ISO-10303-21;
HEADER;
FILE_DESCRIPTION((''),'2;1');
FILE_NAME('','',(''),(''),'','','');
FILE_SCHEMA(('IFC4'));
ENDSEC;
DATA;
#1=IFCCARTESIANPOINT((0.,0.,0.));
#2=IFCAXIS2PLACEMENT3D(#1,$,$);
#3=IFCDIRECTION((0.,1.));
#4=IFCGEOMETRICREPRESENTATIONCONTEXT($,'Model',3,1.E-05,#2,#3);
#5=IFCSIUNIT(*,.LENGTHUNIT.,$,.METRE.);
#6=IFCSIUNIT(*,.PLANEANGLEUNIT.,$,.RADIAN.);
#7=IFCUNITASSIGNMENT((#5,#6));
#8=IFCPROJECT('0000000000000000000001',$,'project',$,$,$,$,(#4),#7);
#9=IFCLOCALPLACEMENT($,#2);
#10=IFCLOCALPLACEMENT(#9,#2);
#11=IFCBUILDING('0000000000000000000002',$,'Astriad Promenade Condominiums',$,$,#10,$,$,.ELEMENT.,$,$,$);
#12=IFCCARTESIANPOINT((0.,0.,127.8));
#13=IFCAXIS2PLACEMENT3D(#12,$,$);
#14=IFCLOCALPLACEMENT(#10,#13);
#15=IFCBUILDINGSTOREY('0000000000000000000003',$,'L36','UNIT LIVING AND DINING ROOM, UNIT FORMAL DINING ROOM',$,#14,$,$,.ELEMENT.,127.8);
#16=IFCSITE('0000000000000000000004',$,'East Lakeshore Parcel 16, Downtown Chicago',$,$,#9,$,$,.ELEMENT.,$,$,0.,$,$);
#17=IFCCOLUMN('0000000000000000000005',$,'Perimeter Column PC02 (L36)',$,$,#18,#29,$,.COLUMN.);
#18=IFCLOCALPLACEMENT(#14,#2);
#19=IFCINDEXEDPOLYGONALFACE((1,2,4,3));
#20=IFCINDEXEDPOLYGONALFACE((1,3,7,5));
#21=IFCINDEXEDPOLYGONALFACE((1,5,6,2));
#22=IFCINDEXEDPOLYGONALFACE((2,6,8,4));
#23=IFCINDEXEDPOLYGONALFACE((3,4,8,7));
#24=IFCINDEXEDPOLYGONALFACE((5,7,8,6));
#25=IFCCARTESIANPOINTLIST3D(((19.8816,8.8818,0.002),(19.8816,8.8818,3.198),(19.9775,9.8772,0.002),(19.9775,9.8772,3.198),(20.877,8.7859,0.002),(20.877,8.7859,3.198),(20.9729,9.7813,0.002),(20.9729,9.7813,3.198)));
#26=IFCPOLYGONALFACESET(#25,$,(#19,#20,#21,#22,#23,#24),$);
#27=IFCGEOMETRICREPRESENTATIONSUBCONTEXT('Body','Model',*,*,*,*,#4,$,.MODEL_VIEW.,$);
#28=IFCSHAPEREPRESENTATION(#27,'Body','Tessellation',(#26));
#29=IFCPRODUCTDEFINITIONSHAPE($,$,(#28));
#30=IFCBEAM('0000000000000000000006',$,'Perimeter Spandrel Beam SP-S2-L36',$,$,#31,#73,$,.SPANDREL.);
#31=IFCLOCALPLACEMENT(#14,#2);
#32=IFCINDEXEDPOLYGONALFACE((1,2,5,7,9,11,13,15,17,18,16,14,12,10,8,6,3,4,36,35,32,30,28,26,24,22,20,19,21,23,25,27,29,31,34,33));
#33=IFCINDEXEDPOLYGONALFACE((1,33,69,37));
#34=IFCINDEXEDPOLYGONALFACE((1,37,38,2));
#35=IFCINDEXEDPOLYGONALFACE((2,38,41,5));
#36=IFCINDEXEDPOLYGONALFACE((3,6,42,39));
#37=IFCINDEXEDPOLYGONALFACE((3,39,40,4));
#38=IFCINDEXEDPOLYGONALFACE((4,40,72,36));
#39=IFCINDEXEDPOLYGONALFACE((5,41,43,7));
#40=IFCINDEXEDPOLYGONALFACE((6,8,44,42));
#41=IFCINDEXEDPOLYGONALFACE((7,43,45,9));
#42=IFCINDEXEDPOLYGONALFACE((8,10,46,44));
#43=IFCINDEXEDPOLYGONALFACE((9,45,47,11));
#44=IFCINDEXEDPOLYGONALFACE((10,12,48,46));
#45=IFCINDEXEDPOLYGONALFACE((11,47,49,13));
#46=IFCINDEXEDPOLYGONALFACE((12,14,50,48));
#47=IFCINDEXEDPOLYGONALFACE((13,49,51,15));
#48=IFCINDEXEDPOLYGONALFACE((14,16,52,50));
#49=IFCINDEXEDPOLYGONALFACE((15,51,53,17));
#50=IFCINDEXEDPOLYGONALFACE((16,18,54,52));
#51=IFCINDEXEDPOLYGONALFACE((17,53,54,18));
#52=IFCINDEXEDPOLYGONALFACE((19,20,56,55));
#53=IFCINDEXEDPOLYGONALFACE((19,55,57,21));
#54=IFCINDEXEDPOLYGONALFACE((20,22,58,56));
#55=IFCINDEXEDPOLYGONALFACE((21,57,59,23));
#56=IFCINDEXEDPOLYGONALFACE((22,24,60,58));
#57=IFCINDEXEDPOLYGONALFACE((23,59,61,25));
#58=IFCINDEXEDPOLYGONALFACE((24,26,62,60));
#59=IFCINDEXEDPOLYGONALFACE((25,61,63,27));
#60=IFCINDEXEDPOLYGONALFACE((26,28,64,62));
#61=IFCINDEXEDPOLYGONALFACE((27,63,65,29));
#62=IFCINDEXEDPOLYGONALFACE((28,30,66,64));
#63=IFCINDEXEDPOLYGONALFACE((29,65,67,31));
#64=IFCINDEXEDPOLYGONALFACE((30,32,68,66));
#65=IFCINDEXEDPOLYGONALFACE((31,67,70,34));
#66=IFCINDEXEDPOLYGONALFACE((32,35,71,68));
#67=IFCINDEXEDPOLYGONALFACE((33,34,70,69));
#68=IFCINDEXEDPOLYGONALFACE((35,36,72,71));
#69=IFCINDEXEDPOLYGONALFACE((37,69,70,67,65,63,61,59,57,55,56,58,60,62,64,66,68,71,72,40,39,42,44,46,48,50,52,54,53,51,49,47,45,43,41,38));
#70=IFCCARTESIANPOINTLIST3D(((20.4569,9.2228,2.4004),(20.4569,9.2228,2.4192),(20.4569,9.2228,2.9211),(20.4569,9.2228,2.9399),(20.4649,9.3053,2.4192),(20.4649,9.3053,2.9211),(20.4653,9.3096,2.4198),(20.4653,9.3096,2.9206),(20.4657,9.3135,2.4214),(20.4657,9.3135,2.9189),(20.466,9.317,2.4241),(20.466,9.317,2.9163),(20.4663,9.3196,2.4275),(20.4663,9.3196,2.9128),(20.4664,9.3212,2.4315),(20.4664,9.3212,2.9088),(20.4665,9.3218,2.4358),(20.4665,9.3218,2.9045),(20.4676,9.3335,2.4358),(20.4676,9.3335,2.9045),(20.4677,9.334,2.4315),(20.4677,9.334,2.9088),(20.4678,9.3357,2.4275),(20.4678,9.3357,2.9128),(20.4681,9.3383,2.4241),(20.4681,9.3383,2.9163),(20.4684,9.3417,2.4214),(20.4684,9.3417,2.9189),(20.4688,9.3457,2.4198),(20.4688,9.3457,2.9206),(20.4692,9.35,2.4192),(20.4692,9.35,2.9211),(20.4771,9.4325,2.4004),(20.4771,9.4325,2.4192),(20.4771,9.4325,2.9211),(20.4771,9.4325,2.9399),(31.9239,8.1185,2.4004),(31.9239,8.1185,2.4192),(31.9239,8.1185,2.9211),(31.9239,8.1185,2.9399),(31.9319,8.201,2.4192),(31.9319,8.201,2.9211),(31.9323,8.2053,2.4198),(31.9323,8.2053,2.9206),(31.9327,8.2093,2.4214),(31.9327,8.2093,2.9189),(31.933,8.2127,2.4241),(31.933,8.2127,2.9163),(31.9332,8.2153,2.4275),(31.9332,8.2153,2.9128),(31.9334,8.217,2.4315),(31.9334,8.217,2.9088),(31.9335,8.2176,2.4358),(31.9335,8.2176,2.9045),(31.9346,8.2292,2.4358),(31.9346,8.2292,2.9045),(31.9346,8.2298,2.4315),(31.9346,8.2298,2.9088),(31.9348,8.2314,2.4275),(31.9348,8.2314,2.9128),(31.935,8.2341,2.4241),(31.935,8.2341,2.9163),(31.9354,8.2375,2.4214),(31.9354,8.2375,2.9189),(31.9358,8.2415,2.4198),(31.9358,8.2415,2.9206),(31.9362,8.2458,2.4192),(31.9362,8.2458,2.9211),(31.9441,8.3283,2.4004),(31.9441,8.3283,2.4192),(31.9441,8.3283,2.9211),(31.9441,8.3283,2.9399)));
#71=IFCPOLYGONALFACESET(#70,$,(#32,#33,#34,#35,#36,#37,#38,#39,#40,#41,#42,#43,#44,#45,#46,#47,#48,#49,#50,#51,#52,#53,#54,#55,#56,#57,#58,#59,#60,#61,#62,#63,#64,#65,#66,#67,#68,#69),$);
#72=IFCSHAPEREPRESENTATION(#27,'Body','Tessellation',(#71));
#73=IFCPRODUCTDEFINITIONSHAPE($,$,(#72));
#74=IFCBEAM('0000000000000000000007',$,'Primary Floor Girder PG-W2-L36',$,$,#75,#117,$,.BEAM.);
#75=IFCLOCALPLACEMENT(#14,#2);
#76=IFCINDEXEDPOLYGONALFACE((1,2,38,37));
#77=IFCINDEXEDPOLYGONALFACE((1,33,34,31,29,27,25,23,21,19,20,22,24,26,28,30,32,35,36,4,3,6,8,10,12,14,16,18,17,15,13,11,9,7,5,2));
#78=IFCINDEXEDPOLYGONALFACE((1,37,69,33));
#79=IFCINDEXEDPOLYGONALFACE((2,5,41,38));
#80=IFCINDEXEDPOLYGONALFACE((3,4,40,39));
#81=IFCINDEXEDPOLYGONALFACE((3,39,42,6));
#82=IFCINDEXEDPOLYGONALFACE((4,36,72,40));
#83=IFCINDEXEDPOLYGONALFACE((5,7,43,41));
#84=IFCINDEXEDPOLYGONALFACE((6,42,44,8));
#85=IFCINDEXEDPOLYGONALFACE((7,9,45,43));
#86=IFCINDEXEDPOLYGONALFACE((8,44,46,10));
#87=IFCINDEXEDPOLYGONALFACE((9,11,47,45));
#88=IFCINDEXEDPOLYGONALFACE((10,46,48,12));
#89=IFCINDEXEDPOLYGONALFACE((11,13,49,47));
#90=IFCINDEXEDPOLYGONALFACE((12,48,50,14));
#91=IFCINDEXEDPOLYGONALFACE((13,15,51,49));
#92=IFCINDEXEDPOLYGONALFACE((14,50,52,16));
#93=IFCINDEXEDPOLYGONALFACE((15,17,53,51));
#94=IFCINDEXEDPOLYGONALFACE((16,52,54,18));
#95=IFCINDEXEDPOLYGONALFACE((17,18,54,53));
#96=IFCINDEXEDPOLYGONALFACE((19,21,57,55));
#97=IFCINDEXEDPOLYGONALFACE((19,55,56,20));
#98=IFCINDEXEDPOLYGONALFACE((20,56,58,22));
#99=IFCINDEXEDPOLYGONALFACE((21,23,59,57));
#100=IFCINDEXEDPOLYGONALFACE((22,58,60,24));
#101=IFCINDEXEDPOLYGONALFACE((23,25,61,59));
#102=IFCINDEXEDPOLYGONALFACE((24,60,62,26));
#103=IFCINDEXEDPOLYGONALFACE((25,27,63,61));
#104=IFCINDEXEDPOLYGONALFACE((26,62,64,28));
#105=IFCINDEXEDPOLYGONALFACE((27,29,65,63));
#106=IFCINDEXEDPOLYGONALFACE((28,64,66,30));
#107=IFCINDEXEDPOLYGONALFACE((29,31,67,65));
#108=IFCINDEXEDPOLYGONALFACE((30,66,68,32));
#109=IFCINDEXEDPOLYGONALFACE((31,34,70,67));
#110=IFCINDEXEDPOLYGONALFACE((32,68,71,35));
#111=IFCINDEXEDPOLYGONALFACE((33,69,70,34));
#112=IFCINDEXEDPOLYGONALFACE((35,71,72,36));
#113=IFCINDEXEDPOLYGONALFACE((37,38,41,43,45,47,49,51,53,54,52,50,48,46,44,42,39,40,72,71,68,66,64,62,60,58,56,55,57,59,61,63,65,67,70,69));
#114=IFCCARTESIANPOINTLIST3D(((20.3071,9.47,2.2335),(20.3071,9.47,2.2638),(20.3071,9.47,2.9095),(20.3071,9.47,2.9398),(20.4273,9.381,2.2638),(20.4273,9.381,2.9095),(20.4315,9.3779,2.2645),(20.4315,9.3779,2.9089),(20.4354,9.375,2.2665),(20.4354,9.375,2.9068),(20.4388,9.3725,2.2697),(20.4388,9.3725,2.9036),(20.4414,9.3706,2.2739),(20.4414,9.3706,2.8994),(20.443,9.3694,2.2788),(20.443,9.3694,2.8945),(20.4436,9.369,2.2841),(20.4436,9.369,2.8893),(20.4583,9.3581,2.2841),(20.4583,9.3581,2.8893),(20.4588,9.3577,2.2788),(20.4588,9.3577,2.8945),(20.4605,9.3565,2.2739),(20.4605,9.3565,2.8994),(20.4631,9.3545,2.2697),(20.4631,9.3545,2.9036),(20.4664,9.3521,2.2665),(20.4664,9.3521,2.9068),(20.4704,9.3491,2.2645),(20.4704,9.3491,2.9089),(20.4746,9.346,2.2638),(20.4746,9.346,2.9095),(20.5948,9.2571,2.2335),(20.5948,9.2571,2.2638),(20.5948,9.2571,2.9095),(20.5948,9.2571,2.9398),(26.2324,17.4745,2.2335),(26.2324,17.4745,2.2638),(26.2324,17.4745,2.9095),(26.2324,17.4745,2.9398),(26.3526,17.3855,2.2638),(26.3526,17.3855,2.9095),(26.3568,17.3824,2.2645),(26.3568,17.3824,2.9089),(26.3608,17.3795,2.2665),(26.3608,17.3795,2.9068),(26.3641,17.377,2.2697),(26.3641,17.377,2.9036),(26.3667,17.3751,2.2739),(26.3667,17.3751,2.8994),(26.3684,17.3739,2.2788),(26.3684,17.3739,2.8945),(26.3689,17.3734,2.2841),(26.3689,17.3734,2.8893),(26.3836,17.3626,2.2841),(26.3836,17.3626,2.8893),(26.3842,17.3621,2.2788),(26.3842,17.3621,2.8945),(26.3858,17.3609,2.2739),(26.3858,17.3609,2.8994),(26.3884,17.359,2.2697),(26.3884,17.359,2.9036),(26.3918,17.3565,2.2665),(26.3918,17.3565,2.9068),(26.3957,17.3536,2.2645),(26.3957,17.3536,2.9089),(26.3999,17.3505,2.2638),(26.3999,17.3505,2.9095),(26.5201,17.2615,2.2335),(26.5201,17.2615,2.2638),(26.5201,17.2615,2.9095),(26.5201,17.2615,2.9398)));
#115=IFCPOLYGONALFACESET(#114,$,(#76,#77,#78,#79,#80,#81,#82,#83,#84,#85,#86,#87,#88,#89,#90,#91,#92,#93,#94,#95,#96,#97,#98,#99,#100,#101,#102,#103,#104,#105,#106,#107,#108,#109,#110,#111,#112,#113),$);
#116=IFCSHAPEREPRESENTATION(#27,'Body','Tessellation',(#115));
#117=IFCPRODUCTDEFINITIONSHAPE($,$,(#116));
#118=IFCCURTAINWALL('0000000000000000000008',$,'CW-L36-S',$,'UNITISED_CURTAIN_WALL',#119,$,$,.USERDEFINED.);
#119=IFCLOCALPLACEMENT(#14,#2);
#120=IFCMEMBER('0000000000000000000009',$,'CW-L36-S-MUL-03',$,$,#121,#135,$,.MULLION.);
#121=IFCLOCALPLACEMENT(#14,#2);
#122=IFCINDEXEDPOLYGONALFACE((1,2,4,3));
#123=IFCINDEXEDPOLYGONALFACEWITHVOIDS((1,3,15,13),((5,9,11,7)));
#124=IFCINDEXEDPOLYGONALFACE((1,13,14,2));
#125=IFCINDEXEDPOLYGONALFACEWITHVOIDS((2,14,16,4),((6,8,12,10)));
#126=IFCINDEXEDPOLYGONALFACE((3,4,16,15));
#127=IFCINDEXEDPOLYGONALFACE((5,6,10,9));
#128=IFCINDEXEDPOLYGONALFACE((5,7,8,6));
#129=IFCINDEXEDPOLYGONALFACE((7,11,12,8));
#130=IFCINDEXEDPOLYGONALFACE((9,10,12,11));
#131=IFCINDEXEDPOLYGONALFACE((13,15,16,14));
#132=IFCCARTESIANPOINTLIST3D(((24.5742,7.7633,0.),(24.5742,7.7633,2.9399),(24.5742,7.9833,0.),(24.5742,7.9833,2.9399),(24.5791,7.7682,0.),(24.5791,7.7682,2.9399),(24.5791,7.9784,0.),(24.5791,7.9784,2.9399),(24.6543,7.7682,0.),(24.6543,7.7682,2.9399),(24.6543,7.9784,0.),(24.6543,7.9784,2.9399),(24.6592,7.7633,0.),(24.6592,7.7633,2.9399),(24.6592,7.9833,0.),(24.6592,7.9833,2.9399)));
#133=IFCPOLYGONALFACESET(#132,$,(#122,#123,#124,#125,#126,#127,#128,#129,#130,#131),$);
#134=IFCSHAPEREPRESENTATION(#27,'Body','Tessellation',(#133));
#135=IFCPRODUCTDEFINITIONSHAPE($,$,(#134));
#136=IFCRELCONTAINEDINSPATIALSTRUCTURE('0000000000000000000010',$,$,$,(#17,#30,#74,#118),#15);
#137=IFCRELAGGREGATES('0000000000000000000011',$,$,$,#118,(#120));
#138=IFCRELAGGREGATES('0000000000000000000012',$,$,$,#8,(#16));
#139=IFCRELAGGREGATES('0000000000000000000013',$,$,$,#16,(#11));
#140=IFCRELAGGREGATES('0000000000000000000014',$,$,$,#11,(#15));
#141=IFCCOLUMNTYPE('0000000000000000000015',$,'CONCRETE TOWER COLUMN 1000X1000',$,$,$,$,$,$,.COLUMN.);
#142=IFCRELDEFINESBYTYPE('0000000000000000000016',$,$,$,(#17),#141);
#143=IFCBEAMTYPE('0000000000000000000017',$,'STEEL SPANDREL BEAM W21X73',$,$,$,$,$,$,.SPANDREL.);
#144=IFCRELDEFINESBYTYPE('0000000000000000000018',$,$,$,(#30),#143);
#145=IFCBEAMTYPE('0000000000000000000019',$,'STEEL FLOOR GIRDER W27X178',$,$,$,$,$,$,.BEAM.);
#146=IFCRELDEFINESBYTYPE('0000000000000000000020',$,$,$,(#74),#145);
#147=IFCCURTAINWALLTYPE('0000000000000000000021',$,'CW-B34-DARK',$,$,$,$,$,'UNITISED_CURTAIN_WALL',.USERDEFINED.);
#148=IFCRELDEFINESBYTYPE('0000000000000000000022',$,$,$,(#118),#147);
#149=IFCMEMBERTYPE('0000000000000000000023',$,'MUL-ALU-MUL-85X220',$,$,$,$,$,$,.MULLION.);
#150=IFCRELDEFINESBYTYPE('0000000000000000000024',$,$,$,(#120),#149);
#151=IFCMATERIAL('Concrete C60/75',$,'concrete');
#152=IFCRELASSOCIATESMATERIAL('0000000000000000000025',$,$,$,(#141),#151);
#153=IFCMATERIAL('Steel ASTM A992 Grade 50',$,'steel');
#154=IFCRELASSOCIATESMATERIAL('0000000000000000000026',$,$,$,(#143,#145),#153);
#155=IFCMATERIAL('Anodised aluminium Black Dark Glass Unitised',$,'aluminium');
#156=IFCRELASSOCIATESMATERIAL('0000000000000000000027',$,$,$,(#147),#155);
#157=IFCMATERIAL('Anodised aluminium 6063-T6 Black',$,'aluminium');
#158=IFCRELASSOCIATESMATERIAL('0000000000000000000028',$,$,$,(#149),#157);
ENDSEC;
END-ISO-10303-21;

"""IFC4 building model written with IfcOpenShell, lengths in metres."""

from ifc_helpers import new_model, si_unit, direction, frame, origin, origin_2d, place, context, subcontext, project, spatial, rectangle, hollow_rectangle, i_section, extrude, source, transform, mapped, material, material_profile, profile_set, type_object, type_shapes, element, aggregate, save


model = new_model("IFC4")

# Units and contexts
model_context = context("Model", 3, precision=1e-05, world=origin(), true_north=direction((0.0, 1.0)))
body_context = subcontext(model_context, "Body", "Model", "MODEL_VIEW")
ifc_project = project(units=[si_unit("LENGTHUNIT", "METRE"), si_unit("PLANEANGLEUNIT", "RADIAN")], contexts=[model_context])

# Site, building, storey
site_placement = place(None, origin())
site = spatial("IfcSite", under=ifc_project, at=site_placement, Name="East Lakeshore Parcel 16, Downtown Chicago", CompositionType="ELEMENT", RefElevation=0.0)
building_placement = place(site_placement, origin())
building = spatial("IfcBuilding", under=site, at=building_placement, Name="Astriad Promenade Condominiums", CompositionType="ELEMENT")
storey_placement = place(building_placement, frame((0.0, 0.0, 127.8)))
storey = spatial("IfcBuildingStorey", under=building, at=storey_placement, Name="L36", Description="UNIT LIVING AND DINING ROOM, UNIT FORMAL DINING ROOM", CompositionType="ELEMENT", Elevation=127.8)

# Column
ifc_material_1 = material(Name="Concrete C60/75", Category="concrete")
ifc_material_profile_1 = material_profile(ifc_material_1, rectangle(XDim=1.0, YDim=1.0, at=origin_2d()), Name="RC-COL-1000X1000")
ifc_profile_set_1 = profile_set([ifc_material_profile_1], Name="Concrete C60/75")
column_type = type_object("IfcColumnType", Name="CONCRETE TOWER COLUMN 1000X1000", PredefinedType="COLUMN", material=ifc_profile_set_1)
shared_shape_1 = source(origin(), body_context, "Body", "SweptSolid", [
    extrude(rectangle(XDim=1.0, YDim=1.0, at=origin_2d()), origin(), (0.0, 0.0, 1.0), 3.196),
])
type_shapes(column_type, [shared_shape_1])
column_placement = place(storey_placement, frame((20.4272, 9.3315, 0.002), z_axis=(0.0, 0.0, 1.0), x_axis=(0.995396, -0.095846, 0.0)))
element("IfcColumn", 1, at=column_placement, inside=storey, type_object=column_type, Name="Perimeter Column PC02 (L36)", PredefinedType="COLUMN", context=body_context, shape_type="MappedRepresentation", body=[
    mapped(shared_shape_1, transform((0.0, 0.0, 0.0), scale=1.0)),
])

# Beams
ifc_material_2 = material(Name="Steel ASTM A992 Grade 50", Category="steel")
ifc_material_profile_2 = material_profile(ifc_material_2, i_section(OverallWidth=0.2107, OverallDepth=0.5396, WebThickness=0.0117, FlangeThickness=0.0188, FilletRadius=0.0166, at=origin_2d()), Name="W21X73")
ifc_profile_set_2 = profile_set([ifc_material_profile_2], Name="Steel ASTM A992 Grade 50")
beam_type_1 = type_object("IfcBeamType", Name="STEEL SPANDREL BEAM W21X73", PredefinedType="SPANDREL", material=ifc_profile_set_2)
shared_shape_2 = source(origin(), body_context, "Body", "SweptSolid", [
    extrude(i_section(OverallWidth=0.2107, OverallDepth=0.5396, WebThickness=0.0117, FlangeThickness=0.0188, FilletRadius=0.0166, at=origin_2d()), origin(), (0.0, 0.0, 1.0), 11.52),
])
type_shapes(beam_type_1, [shared_shape_2])
beam_1_placement = place(storey_placement, frame((20.467, 9.3276, 2.6702), z_axis=(0.995395, -0.095854, 0.0), x_axis=(0.095854, 0.995395, 0.0)))
element("IfcBeam", 2, at=beam_1_placement, inside=storey, type_object=beam_type_1, Name="Perimeter Spandrel Beam SP-S2-L36", PredefinedType="SPANDREL", context=body_context, shape_type="MappedRepresentation", body=[
    mapped(shared_shape_2, transform((0.0, 0.0, 0.0), scale=1.0)),
])
ifc_material_profile_3 = material_profile(ifc_material_2, i_section(OverallWidth=0.3579, OverallDepth=0.7063, WebThickness=0.0183, FlangeThickness=0.0303, FilletRadius=0.0203, at=origin_2d()), Name="W27X178")
ifc_profile_set_3 = profile_set([ifc_material_profile_3], Name="Steel ASTM A992 Grade 50")
beam_type_2 = type_object("IfcBeamType", Name="STEEL FLOOR GIRDER W27X178", PredefinedType="BEAM", material=ifc_profile_set_3)
shared_shape_3 = source(origin(), body_context, "Body", "SweptSolid", [
    extrude(i_section(OverallWidth=0.3579, OverallDepth=0.7063, WebThickness=0.0183, FlangeThickness=0.0303, FilletRadius=0.0203, at=origin_2d()), origin(), (0.0, 0.0, 1.0), 9.959),
])
type_shapes(beam_type_2, [shared_shape_3])
beam_2_placement = place(storey_placement, frame((20.4509, 9.3635, 2.5867), z_axis=(0.594975, 0.803744, 0.0), x_axis=(-0.803744, 0.594975, 0.0)))
element("IfcBeam", 3, at=beam_2_placement, inside=storey, type_object=beam_type_2, Name="Primary Floor Girder PG-W2-L36", PredefinedType="BEAM", context=body_context, shape_type="MappedRepresentation", body=[
    mapped(shared_shape_3, transform((0.0, 0.0, 0.0), scale=1.0)),
])

# Curtain wall, member
ifc_material_3 = material(Name="Anodised aluminium Black Dark Glass Unitised", Category="aluminium")
curtain_wall_type = type_object("IfcCurtainWallType", Name="CW-B34-DARK", ElementType="UNITISED_CURTAIN_WALL", PredefinedType="USERDEFINED", material=ifc_material_3)
curtain_wall_placement = place(storey_placement, origin())
curtain_wall = element("IfcCurtainWall", 4, at=curtain_wall_placement, inside=storey, type_object=curtain_wall_type, Name="CW-L36-S", ObjectType="UNITISED_CURTAIN_WALL", PredefinedType="USERDEFINED")
ifc_material_4 = material(Name="Anodised aluminium 6063-T6 Black", Category="aluminium")
ifc_material_profile_4 = material_profile(ifc_material_4, hollow_rectangle(XDim=0.085, YDim=0.22, WallThickness=0.0049, at=origin_2d()), Name="ALU-MUL-85X220")
ifc_profile_set_4 = profile_set([ifc_material_profile_4], Name="Anodised aluminium 6063-T6 Black")
member_type = type_object("IfcMemberType", Name="MUL-ALU-MUL-85X220", PredefinedType="MULLION", material=ifc_profile_set_4)
shared_shape_4 = source(origin(), body_context, "Body", "SweptSolid", [
    extrude(hollow_rectangle(XDim=0.085, YDim=0.22, WallThickness=0.0049, at=origin_2d()), origin(), (0.0, 0.0, 1.0), 2.9399),
])
type_shapes(member_type, [shared_shape_4])
member_placement = place(storey_placement, frame((24.6167, 7.8733, 0.0), z_axis=(0.0, 0.0, 1.0), x_axis=(1.0, 0.0, 0.0)))
member = element("IfcMember", 5, at=member_placement, type_object=member_type, Name="CW-L36-S-MUL-03", PredefinedType="MULLION", context=body_context, shape_type="MappedRepresentation", body=[
    mapped(shared_shape_4, transform((0.0, 0.0, 0.0), scale=1.0)),
])
aggregate(curtain_wall, [member])

save(model, "model.ifc")
